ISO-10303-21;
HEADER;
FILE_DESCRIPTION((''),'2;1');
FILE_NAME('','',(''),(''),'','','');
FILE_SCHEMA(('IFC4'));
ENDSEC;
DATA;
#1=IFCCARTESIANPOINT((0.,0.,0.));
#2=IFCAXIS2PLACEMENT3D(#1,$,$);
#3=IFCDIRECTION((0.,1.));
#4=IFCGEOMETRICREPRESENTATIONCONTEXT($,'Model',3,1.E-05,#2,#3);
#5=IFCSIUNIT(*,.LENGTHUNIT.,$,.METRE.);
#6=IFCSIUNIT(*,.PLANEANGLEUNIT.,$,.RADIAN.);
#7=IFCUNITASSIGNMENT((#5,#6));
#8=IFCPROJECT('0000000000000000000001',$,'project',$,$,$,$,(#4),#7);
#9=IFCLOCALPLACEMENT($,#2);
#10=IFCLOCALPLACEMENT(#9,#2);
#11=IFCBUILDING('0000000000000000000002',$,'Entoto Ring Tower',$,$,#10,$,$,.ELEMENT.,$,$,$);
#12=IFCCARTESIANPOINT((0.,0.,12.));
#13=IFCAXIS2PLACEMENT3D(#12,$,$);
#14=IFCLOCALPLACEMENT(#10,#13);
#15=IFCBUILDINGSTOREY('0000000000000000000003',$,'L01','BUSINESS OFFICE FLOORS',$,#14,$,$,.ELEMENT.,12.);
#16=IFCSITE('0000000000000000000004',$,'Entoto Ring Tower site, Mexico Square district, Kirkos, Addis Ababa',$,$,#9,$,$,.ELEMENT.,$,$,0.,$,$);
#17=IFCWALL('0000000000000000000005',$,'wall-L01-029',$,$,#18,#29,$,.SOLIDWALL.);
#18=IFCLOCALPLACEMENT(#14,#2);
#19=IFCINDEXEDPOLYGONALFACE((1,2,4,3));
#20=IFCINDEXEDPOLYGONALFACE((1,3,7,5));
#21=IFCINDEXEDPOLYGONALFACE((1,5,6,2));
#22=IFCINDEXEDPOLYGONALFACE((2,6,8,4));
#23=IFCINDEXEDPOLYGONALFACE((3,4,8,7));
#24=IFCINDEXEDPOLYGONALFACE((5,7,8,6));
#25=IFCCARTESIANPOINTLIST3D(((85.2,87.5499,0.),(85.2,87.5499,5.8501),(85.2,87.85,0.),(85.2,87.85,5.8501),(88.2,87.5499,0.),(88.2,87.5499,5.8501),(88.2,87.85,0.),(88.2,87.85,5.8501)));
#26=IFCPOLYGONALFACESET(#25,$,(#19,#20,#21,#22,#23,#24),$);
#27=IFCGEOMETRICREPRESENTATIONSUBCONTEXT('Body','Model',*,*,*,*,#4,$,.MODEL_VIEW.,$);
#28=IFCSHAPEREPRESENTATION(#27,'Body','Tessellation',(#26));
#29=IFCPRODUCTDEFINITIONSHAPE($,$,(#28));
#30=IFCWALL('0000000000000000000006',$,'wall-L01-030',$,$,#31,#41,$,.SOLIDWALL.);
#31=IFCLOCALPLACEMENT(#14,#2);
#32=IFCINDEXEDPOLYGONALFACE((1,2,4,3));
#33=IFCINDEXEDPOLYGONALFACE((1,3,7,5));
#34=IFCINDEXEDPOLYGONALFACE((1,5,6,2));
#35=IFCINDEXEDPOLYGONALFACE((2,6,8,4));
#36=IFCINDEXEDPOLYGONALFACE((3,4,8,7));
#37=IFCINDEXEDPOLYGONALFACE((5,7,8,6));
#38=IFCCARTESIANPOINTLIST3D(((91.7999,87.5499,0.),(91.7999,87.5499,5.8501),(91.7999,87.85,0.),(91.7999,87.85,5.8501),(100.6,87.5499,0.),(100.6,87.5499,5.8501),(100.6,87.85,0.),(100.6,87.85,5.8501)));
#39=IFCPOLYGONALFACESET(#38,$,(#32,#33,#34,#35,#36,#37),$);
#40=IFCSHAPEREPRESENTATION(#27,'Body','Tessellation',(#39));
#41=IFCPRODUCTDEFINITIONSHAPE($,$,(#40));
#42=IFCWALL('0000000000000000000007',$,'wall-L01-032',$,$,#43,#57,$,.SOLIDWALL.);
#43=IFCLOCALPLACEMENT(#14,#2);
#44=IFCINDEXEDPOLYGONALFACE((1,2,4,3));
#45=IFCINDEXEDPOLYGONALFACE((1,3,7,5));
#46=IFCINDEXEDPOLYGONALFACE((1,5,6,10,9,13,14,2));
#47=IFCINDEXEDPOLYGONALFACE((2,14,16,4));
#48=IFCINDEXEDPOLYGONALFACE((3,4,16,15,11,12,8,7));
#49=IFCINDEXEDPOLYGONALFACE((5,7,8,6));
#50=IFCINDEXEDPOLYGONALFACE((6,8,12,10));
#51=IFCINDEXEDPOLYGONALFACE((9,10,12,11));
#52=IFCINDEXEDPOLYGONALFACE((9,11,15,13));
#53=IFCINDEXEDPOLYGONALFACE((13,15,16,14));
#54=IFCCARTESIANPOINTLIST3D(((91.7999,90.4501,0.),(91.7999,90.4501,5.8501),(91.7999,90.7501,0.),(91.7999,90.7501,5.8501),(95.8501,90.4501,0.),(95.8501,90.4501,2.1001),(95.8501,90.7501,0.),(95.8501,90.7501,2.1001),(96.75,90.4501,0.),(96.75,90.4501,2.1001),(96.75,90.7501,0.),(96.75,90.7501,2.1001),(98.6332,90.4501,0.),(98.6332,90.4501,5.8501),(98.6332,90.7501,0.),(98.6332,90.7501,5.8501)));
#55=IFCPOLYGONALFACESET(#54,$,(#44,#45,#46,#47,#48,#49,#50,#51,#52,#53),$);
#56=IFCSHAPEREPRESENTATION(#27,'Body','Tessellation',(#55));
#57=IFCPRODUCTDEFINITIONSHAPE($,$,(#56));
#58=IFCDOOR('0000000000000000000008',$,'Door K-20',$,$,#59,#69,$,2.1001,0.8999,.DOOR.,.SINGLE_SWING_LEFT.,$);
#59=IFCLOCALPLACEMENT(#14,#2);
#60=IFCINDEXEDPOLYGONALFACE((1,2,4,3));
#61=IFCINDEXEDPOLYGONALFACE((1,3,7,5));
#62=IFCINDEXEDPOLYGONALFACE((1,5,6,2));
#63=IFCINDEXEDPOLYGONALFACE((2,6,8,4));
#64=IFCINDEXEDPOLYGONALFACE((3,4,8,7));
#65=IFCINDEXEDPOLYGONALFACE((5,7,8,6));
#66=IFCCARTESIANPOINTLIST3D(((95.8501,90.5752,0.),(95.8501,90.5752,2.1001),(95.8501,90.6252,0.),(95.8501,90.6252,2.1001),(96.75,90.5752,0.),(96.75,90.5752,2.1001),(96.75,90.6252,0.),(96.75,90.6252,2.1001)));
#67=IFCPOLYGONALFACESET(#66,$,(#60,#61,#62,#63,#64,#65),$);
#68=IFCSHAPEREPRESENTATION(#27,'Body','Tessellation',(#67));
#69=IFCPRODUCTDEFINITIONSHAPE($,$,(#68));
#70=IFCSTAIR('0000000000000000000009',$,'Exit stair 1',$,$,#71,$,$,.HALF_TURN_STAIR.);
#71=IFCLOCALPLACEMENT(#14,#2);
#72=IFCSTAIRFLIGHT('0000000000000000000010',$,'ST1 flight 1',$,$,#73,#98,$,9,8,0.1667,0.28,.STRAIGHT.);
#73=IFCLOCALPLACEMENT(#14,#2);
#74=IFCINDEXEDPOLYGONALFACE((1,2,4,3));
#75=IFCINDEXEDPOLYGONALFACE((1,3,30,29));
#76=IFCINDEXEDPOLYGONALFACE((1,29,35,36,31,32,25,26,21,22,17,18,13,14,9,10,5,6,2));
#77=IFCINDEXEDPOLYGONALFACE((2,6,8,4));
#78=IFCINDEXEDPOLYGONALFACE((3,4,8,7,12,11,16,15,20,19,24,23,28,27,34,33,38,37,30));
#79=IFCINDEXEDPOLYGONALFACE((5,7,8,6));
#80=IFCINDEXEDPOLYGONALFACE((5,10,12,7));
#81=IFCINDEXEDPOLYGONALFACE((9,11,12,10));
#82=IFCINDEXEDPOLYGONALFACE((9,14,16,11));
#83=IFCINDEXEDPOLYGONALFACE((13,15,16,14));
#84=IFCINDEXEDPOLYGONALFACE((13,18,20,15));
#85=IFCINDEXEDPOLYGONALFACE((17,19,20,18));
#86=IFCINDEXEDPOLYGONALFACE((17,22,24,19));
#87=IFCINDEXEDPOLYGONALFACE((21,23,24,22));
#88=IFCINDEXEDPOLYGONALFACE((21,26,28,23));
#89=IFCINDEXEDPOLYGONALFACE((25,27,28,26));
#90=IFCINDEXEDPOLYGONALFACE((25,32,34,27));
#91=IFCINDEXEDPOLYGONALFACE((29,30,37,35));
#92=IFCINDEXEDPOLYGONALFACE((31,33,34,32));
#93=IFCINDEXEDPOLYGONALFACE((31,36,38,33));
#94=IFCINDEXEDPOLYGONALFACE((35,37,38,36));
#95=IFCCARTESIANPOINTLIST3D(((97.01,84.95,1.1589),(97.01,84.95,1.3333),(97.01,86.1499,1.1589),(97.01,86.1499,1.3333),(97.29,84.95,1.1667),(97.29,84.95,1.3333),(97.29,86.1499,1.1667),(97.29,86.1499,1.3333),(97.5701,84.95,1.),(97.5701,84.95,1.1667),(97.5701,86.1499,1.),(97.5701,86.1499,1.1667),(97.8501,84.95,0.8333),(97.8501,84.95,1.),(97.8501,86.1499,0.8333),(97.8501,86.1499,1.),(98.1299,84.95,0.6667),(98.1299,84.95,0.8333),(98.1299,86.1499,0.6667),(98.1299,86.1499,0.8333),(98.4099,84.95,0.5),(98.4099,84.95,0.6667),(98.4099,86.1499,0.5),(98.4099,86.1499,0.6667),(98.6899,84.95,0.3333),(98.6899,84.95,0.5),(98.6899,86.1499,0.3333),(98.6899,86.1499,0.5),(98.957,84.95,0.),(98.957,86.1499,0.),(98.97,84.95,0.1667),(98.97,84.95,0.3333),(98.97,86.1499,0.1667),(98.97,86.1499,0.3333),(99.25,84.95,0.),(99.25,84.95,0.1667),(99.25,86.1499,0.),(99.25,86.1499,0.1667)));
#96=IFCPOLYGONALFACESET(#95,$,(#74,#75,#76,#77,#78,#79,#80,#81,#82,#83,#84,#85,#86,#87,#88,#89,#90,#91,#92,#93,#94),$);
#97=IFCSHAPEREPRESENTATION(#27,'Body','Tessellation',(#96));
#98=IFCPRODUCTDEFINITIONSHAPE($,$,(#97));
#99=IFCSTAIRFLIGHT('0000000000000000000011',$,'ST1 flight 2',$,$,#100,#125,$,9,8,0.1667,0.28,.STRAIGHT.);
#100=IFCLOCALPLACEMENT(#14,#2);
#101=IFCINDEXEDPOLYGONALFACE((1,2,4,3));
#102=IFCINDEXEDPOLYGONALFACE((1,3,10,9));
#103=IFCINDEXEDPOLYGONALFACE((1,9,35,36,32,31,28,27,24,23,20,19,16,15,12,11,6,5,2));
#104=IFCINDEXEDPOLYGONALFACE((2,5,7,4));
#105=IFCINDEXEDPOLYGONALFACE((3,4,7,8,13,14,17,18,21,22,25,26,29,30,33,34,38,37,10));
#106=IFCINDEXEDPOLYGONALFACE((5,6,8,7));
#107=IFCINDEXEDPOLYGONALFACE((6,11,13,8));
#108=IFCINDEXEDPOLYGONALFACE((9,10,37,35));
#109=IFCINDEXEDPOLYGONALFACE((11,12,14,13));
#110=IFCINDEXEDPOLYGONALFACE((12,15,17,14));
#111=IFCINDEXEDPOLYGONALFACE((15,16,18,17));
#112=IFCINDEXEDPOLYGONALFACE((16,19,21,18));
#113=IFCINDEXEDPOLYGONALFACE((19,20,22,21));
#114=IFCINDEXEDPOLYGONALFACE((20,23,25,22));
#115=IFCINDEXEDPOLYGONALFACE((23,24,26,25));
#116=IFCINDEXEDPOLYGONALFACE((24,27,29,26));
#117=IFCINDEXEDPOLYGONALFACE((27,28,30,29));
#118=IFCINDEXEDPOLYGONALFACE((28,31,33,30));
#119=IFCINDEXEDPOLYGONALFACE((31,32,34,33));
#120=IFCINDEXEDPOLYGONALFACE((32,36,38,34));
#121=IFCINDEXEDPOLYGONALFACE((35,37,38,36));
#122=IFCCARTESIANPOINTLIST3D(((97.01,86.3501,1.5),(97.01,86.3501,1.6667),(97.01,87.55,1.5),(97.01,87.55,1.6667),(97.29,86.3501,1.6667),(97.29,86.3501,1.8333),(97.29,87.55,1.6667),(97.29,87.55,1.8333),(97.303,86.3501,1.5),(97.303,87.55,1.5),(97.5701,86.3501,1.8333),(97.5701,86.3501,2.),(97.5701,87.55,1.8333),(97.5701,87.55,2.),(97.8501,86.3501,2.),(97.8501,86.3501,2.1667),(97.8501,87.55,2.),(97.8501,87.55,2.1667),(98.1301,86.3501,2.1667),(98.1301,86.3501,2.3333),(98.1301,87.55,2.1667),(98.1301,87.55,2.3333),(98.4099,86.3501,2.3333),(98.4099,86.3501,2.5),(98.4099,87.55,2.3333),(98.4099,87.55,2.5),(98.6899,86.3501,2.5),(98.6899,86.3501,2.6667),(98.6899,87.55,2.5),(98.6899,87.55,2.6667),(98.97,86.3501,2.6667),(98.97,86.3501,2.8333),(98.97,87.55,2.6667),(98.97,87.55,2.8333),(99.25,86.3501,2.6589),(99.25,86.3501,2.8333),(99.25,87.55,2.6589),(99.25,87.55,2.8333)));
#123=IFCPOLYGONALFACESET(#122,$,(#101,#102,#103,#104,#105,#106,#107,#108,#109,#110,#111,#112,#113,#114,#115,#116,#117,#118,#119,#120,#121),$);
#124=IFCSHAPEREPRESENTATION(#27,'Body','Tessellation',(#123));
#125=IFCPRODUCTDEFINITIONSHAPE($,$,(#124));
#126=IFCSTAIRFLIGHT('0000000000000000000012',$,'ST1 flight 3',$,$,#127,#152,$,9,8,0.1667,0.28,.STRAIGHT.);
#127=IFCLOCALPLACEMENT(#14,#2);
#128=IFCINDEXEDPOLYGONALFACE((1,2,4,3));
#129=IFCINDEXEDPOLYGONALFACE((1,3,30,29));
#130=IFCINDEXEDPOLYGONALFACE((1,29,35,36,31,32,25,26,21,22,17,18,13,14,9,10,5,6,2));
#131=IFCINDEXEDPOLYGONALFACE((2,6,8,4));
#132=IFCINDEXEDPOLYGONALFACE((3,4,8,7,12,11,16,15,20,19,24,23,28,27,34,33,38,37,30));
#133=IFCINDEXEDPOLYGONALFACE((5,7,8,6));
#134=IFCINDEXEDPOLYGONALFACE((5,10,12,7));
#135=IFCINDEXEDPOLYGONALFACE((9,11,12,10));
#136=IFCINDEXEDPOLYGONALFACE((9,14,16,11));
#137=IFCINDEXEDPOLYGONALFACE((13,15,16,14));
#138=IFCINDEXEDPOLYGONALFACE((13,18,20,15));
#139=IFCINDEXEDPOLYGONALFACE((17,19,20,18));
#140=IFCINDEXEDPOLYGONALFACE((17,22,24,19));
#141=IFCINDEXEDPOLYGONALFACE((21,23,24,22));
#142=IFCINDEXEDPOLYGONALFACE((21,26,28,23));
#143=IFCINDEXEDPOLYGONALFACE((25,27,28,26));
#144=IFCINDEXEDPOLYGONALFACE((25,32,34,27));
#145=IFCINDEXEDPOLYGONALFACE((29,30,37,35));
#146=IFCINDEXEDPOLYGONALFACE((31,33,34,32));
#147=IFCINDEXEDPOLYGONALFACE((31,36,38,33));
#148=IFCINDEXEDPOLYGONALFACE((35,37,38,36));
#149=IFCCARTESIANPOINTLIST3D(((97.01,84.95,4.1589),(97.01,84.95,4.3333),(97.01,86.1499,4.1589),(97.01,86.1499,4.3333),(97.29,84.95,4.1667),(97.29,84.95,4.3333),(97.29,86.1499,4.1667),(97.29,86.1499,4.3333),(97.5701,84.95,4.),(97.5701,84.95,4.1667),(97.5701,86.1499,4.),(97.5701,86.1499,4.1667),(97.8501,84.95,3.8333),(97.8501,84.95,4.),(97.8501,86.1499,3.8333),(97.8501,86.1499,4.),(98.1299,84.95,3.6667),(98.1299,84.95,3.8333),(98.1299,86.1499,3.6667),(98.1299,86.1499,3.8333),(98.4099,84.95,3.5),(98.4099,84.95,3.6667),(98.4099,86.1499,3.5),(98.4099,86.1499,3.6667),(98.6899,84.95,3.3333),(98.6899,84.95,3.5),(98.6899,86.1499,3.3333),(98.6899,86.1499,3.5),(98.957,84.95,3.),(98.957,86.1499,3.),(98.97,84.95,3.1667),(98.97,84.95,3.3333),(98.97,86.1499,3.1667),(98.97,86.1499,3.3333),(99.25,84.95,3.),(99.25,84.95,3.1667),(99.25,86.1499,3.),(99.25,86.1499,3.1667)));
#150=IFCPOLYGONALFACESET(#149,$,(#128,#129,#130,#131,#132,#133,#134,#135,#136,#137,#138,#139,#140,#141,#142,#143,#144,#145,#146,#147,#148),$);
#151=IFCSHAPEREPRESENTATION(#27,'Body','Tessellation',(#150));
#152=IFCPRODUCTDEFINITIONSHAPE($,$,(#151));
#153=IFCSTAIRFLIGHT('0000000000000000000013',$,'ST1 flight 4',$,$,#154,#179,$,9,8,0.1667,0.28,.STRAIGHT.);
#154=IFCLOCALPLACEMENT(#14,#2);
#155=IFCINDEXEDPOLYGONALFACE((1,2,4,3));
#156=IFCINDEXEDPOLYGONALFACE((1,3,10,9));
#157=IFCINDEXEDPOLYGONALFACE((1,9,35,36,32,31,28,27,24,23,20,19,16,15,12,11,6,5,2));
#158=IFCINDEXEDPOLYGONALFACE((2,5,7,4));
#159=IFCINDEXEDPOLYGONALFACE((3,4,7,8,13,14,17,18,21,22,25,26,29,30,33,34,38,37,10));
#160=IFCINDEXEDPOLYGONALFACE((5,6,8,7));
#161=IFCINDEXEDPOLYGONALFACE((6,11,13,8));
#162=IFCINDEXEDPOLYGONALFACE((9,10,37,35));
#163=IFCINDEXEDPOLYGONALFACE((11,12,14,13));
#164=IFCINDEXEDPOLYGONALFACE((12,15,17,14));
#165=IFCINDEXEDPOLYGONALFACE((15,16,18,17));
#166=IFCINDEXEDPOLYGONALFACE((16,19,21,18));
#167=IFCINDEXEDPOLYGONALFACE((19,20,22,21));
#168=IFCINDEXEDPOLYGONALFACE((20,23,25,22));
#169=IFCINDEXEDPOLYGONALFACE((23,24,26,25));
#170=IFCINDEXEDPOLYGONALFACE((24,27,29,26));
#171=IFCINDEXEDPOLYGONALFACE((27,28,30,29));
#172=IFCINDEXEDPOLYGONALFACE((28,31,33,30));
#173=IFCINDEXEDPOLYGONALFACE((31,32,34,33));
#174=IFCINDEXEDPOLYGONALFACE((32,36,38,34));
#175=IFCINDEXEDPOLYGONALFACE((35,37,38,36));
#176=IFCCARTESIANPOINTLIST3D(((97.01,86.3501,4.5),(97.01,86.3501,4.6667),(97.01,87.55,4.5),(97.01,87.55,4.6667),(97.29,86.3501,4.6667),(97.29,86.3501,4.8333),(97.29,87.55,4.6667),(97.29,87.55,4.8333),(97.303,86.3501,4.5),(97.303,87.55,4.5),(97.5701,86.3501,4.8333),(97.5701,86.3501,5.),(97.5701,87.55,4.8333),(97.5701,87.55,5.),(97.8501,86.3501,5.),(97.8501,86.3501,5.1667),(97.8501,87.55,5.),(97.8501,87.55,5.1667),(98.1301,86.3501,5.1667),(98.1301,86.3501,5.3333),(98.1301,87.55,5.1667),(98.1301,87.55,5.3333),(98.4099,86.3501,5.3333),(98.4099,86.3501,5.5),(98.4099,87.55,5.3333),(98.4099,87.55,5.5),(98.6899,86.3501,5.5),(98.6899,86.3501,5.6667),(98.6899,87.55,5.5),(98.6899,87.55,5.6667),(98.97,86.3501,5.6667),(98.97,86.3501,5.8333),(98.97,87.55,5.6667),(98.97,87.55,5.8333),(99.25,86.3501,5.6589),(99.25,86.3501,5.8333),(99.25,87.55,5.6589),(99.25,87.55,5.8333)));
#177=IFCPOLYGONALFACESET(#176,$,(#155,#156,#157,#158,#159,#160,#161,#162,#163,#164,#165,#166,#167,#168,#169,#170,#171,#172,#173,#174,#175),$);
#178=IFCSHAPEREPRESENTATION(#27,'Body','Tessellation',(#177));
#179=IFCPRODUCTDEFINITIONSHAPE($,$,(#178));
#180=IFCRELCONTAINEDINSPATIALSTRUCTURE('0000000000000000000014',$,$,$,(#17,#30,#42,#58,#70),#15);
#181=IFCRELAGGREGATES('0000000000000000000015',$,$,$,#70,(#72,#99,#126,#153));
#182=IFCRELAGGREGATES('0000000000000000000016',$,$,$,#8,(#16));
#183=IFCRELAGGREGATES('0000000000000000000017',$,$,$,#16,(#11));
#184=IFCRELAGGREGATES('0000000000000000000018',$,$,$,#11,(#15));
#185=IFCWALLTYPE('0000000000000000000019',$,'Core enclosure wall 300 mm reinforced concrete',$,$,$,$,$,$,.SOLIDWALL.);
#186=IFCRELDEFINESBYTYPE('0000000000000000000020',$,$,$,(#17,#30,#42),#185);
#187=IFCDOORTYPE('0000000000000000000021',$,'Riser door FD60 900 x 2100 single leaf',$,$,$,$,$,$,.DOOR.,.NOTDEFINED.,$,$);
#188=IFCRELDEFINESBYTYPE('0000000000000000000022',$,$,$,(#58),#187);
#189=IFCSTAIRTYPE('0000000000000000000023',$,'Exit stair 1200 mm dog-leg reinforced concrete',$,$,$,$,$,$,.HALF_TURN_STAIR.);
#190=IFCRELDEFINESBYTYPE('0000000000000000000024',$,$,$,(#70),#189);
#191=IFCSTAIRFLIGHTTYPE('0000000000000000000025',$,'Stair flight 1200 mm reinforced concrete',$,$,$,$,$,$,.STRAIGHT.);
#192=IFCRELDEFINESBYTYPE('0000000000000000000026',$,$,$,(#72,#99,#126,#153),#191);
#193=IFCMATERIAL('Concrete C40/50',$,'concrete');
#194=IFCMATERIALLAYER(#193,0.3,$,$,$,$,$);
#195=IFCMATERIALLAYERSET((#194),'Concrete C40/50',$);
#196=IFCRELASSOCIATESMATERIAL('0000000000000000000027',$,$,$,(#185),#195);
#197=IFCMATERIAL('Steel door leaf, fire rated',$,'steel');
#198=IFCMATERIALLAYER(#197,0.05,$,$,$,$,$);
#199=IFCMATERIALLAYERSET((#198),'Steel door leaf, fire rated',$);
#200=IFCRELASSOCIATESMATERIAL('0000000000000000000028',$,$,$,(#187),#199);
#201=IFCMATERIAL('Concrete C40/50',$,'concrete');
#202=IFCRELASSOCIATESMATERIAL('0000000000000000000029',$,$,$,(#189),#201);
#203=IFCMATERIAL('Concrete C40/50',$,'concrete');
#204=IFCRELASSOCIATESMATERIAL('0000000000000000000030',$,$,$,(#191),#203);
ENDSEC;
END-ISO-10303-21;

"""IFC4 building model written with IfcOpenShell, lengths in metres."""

from ifc_helpers import new_model, si_unit, direction, frame, frame_2d, origin, place, context, subcontext, project, spatial, polyline, rectangle, outline, extrude, material, layer, layer_set, type_object, element, fill, aggregate, save


model = new_model("IFC4")

# Units and contexts
model_context = context("Model", 3, precision=1e-05, world=origin(), true_north=direction((0.0, 1.0)))
body_context = subcontext(model_context, "Body", "Model", "MODEL_VIEW")
ifc_project = project(units=[si_unit("LENGTHUNIT", "METRE"), si_unit("PLANEANGLEUNIT", "RADIAN")], contexts=[model_context])

# Site, building, storey
site_placement = place(None, origin())
site = spatial("IfcSite", under=ifc_project, at=site_placement, Name="Entoto Ring Tower site, Mexico Square district, Kirkos, Addis Ababa", CompositionType="ELEMENT", RefElevation=0.0)
building_placement = place(site_placement, origin())
building = spatial("IfcBuilding", under=site, at=building_placement, Name="Entoto Ring Tower", CompositionType="ELEMENT")
storey_placement = place(building_placement, frame((0.0, 0.0, 12.0)))
storey = spatial("IfcBuildingStorey", under=building, at=storey_placement, Name="L01", Description="BUSINESS OFFICE FLOORS", CompositionType="ELEMENT", Elevation=12.0)

# Shared definitions
ifc_material_1 = material(Name="Concrete C40/50", Category="concrete")
ifc_layer_1 = layer(ifc_material_1, 0.3)
ifc_layer_set_1 = layer_set([ifc_layer_1], Name="Concrete C40/50")
wall_type = type_object("IfcWallType", Name="Core enclosure wall 300 mm reinforced concrete", PredefinedType="SOLIDWALL", material=ifc_layer_set_1)

# Walls
wall_1_placement = place(storey_placement, frame((85.2, 87.7, 0.0), z_axis=(0.0, 0.0, 1.0), x_axis=(1.0, 0.0, 0.0)))
element("IfcWall", 1, at=wall_1_placement, inside=storey, type_object=wall_type, Name="wall-L01-029", PredefinedType="SOLIDWALL", context=body_context, shape_type="SweptSolid", body=[
    extrude(rectangle(XDim=3.0, YDim=0.3, at=frame_2d((1.5, 0.0))), origin(), (0.0, 0.0, 1.0), 5.8501),
])
wall_2_placement = place(storey_placement, frame((91.8, 87.7, 0.0), z_axis=(0.0, 0.0, 1.0), x_axis=(1.0, 0.0, 0.0)))
element("IfcWall", 2, at=wall_2_placement, inside=storey, type_object=wall_type, Name="wall-L01-030", PredefinedType="SOLIDWALL", context=body_context, shape_type="SweptSolid", body=[
    extrude(rectangle(XDim=8.8, YDim=0.3, at=frame_2d((4.3999, 0.0))), origin(), (0.0, 0.0, 1.0), 5.8501),
])

# Wall, opening, door
wall_3_placement = place(storey_placement, frame((91.8, 90.6001, 0.0), z_axis=(0.0, 0.0, 1.0), x_axis=(1.0, 0.0, 0.0)))
wall_3 = element("IfcWall", 3, at=wall_3_placement, inside=storey, type_object=wall_type, Name="wall-L01-032", PredefinedType="SOLIDWALL", context=body_context, shape_type="SweptSolid", body=[
    extrude(rectangle(XDim=6.8333, YDim=0.3, at=frame_2d((3.4165, 0.0))), origin(), (0.0, 0.0, 1.0), 5.8501),
])
opening_1_placement = place(wall_3_placement, frame((4.05, 0.0, 0.0)))
opening_1 = element("IfcOpeningElement", 4, at=opening_1_placement, cuts=wall_3, PredefinedType="OPENING", context=body_context, shape_type="SweptSolid", body=[
    extrude(rectangle(XDim=0.8999, YDim=2.1001, at=frame_2d((0.45, 1.05))), frame((0.0, 0.1602, 0.0), z_axis=(0.0, -1.0, 0.0), x_axis=(1.0, 0.0, 0.0)), (0.0, 0.0, 1.0), 0.3201),
])
ifc_material_2 = material(Name="Steel door leaf, fire rated", Category="steel")
ifc_layer_2 = layer(ifc_material_2, 0.05)
ifc_layer_set_2 = layer_set([ifc_layer_2], Name="Steel door leaf, fire rated")
door_type_1 = type_object("IfcDoorType", Name="Riser door FD60 900 x 2100 single leaf", OperationType="NOTDEFINED", PredefinedType="DOOR", material=ifc_layer_set_2)
door_1_placement = place(opening_1_placement, frame((0.8999, 0.0, 0.0), z_axis=(0.0, 0.0, 1.0), x_axis=(-1.0, 0.0, 0.0)))
door_1 = element("IfcDoor", 5, at=door_1_placement, inside=storey, type_object=door_type_1, Name="Door K-20", OperationType="SINGLE_SWING_LEFT", OverallHeight=2.1001, OverallWidth=0.8999, PredefinedType="DOOR", context=body_context, shape_type="SweptSolid", body=[
    extrude(rectangle(XDim=0.8999, YDim=2.1001, at=frame_2d((0.45, 1.05))), frame((0.0, 0.0249, 0.0), z_axis=(0.0, -1.0, 0.0), x_axis=(1.0, 0.0, 0.0)), (0.0, 0.0, 1.0), 0.05),
])
fill(opening_1, door_1)

# Stair, stair flights
ifc_material_3 = material(Name="Concrete C40/50", Category="concrete")
stair_type = type_object("IfcStairType", Name="Exit stair 1200 mm dog-leg reinforced concrete", PredefinedType="HALF_TURN_STAIR", material=ifc_material_3)
stair_placement = place(storey_placement, origin())
stair = element("IfcStair", 6, at=stair_placement, inside=storey, type_object=stair_type, Name="Exit stair 1", PredefinedType="HALF_TURN_STAIR")
ifc_material_4 = material(Name="Concrete C40/50", Category="concrete")
stair_flight_type = type_object("IfcStairFlightType", Name="Stair flight 1200 mm reinforced concrete", PredefinedType="STRAIGHT", material=ifc_material_4)
stair_flight_1_placement = place(storey_placement, frame((99.25, 85.55, 0.0), z_axis=(0.0, 0.0, 1.0), x_axis=(-1.0, 0.0, 0.0)))
stair_flight_1 = element("IfcStairFlight", 7, at=stair_flight_1_placement, type_object=stair_flight_type, Name="ST1 flight 1", NumberOfRisers=9, NumberOfTreads=8, PredefinedType="STRAIGHT", RiserHeight=0.1667, TreadLength=0.28, context=body_context, shape_type="SweptSolid", body=[
    extrude(outline(polyline([(0.0, 0.0), (0.0, 0.1667), (0.28, 0.1667), (0.28, 0.3333), (0.5601, 0.3333), (0.5601, 0.5), (0.8401, 0.5), (0.8401, 0.6667), (1.1201, 0.6667), (1.1201, 0.8333), (1.3999, 0.8333), (1.3999, 1.0), (1.6799, 1.0), (1.6799, 1.1667), (1.96, 1.1667), (1.96, 1.3333), (2.24, 1.3333), (2.24, 1.5), (2.24, 1.1589), (0.293, 0.0), (0.0, 0.0)])), frame((0.0, 0.6001, 0.0), z_axis=(0.0, -1.0, 0.0), x_axis=(1.0, 0.0, 0.0)), (0.0, 0.0, 1.0), 1.2),
])
stair_flight_2_placement = place(storey_placement, frame((97.01, 86.95, 1.5), z_axis=(0.0, 0.0, 1.0), x_axis=(1.0, 0.0, 0.0)))
stair_flight_2 = element("IfcStairFlight", 8, at=stair_flight_2_placement, type_object=stair_flight_type, Name="ST1 flight 2", NumberOfRisers=9, NumberOfTreads=8, PredefinedType="STRAIGHT", RiserHeight=0.1667, TreadLength=0.28, context=body_context, shape_type="SweptSolid", body=[
    extrude(outline(polyline([(0.0, 0.0), (0.0, 0.1667), (0.28, 0.1667), (0.28, 0.3333), (0.5601, 0.3333), (0.5601, 0.5), (0.8401, 0.5), (0.8401, 0.6667), (1.1201, 0.6667), (1.1201, 0.8333), (1.3999, 0.8333), (1.3999, 1.0), (1.6799, 1.0), (1.6799, 1.1667), (1.96, 1.1667), (1.96, 1.3333), (2.24, 1.3333), (2.24, 1.5), (2.24, 1.1589), (0.293, 0.0), (0.0, 0.0)])), frame((0.0, 0.6001, 0.0), z_axis=(0.0, -1.0, 0.0), x_axis=(1.0, 0.0, 0.0)), (0.0, 0.0, 1.0), 1.2),
])
stair_flight_3_placement = place(storey_placement, frame((99.25, 85.55, 3.0), z_axis=(0.0, 0.0, 1.0), x_axis=(-1.0, 0.0, 0.0)))
stair_flight_3 = element("IfcStairFlight", 9, at=stair_flight_3_placement, type_object=stair_flight_type, Name="ST1 flight 3", NumberOfRisers=9, NumberOfTreads=8, PredefinedType="STRAIGHT", RiserHeight=0.1667, TreadLength=0.28, context=body_context, shape_type="SweptSolid", body=[
    extrude(outline(polyline([(0.0, 0.0), (0.0, 0.1667), (0.28, 0.1667), (0.28, 0.3333), (0.5601, 0.3333), (0.5601, 0.5), (0.8401, 0.5), (0.8401, 0.6667), (1.1201, 0.6667), (1.1201, 0.8333), (1.3999, 0.8333), (1.3999, 1.0), (1.6799, 1.0), (1.6799, 1.1667), (1.96, 1.1667), (1.96, 1.3333), (2.24, 1.3333), (2.24, 1.5), (2.24, 1.1589), (0.293, 0.0), (0.0, 0.0)])), frame((0.0, 0.6001, 0.0), z_axis=(0.0, -1.0, 0.0), x_axis=(1.0, 0.0, 0.0)), (0.0, 0.0, 1.0), 1.2),
])
stair_flight_4_placement = place(storey_placement, frame((97.01, 86.95, 4.5), z_axis=(0.0, 0.0, 1.0), x_axis=(1.0, 0.0, 0.0)))
stair_flight_4 = element("IfcStairFlight", 10, at=stair_flight_4_placement, type_object=stair_flight_type, Name="ST1 flight 4", NumberOfRisers=9, NumberOfTreads=8, PredefinedType="STRAIGHT", RiserHeight=0.1667, TreadLength=0.28, context=body_context, shape_type="SweptSolid", body=[
    extrude(outline(polyline([(0.0, 0.0), (0.0, 0.1667), (0.28, 0.1667), (0.28, 0.3333), (0.5601, 0.3333), (0.5601, 0.5), (0.8401, 0.5), (0.8401, 0.6667), (1.1201, 0.6667), (1.1201, 0.8333), (1.3999, 0.8333), (1.3999, 1.0), (1.6799, 1.0), (1.6799, 1.1667), (1.96, 1.1667), (1.96, 1.3333), (2.24, 1.3333), (2.24, 1.5), (2.24, 1.1589), (0.293, 0.0), (0.0, 0.0)])), frame((0.0, 0.6001, 0.0), z_axis=(0.0, -1.0, 0.0), x_axis=(1.0, 0.0, 0.0)), (0.0, 0.0, 1.0), 1.2),
])
aggregate(stair, [stair_flight_1, stair_flight_2, stair_flight_3, stair_flight_4])

save(model, "model.ifc")
